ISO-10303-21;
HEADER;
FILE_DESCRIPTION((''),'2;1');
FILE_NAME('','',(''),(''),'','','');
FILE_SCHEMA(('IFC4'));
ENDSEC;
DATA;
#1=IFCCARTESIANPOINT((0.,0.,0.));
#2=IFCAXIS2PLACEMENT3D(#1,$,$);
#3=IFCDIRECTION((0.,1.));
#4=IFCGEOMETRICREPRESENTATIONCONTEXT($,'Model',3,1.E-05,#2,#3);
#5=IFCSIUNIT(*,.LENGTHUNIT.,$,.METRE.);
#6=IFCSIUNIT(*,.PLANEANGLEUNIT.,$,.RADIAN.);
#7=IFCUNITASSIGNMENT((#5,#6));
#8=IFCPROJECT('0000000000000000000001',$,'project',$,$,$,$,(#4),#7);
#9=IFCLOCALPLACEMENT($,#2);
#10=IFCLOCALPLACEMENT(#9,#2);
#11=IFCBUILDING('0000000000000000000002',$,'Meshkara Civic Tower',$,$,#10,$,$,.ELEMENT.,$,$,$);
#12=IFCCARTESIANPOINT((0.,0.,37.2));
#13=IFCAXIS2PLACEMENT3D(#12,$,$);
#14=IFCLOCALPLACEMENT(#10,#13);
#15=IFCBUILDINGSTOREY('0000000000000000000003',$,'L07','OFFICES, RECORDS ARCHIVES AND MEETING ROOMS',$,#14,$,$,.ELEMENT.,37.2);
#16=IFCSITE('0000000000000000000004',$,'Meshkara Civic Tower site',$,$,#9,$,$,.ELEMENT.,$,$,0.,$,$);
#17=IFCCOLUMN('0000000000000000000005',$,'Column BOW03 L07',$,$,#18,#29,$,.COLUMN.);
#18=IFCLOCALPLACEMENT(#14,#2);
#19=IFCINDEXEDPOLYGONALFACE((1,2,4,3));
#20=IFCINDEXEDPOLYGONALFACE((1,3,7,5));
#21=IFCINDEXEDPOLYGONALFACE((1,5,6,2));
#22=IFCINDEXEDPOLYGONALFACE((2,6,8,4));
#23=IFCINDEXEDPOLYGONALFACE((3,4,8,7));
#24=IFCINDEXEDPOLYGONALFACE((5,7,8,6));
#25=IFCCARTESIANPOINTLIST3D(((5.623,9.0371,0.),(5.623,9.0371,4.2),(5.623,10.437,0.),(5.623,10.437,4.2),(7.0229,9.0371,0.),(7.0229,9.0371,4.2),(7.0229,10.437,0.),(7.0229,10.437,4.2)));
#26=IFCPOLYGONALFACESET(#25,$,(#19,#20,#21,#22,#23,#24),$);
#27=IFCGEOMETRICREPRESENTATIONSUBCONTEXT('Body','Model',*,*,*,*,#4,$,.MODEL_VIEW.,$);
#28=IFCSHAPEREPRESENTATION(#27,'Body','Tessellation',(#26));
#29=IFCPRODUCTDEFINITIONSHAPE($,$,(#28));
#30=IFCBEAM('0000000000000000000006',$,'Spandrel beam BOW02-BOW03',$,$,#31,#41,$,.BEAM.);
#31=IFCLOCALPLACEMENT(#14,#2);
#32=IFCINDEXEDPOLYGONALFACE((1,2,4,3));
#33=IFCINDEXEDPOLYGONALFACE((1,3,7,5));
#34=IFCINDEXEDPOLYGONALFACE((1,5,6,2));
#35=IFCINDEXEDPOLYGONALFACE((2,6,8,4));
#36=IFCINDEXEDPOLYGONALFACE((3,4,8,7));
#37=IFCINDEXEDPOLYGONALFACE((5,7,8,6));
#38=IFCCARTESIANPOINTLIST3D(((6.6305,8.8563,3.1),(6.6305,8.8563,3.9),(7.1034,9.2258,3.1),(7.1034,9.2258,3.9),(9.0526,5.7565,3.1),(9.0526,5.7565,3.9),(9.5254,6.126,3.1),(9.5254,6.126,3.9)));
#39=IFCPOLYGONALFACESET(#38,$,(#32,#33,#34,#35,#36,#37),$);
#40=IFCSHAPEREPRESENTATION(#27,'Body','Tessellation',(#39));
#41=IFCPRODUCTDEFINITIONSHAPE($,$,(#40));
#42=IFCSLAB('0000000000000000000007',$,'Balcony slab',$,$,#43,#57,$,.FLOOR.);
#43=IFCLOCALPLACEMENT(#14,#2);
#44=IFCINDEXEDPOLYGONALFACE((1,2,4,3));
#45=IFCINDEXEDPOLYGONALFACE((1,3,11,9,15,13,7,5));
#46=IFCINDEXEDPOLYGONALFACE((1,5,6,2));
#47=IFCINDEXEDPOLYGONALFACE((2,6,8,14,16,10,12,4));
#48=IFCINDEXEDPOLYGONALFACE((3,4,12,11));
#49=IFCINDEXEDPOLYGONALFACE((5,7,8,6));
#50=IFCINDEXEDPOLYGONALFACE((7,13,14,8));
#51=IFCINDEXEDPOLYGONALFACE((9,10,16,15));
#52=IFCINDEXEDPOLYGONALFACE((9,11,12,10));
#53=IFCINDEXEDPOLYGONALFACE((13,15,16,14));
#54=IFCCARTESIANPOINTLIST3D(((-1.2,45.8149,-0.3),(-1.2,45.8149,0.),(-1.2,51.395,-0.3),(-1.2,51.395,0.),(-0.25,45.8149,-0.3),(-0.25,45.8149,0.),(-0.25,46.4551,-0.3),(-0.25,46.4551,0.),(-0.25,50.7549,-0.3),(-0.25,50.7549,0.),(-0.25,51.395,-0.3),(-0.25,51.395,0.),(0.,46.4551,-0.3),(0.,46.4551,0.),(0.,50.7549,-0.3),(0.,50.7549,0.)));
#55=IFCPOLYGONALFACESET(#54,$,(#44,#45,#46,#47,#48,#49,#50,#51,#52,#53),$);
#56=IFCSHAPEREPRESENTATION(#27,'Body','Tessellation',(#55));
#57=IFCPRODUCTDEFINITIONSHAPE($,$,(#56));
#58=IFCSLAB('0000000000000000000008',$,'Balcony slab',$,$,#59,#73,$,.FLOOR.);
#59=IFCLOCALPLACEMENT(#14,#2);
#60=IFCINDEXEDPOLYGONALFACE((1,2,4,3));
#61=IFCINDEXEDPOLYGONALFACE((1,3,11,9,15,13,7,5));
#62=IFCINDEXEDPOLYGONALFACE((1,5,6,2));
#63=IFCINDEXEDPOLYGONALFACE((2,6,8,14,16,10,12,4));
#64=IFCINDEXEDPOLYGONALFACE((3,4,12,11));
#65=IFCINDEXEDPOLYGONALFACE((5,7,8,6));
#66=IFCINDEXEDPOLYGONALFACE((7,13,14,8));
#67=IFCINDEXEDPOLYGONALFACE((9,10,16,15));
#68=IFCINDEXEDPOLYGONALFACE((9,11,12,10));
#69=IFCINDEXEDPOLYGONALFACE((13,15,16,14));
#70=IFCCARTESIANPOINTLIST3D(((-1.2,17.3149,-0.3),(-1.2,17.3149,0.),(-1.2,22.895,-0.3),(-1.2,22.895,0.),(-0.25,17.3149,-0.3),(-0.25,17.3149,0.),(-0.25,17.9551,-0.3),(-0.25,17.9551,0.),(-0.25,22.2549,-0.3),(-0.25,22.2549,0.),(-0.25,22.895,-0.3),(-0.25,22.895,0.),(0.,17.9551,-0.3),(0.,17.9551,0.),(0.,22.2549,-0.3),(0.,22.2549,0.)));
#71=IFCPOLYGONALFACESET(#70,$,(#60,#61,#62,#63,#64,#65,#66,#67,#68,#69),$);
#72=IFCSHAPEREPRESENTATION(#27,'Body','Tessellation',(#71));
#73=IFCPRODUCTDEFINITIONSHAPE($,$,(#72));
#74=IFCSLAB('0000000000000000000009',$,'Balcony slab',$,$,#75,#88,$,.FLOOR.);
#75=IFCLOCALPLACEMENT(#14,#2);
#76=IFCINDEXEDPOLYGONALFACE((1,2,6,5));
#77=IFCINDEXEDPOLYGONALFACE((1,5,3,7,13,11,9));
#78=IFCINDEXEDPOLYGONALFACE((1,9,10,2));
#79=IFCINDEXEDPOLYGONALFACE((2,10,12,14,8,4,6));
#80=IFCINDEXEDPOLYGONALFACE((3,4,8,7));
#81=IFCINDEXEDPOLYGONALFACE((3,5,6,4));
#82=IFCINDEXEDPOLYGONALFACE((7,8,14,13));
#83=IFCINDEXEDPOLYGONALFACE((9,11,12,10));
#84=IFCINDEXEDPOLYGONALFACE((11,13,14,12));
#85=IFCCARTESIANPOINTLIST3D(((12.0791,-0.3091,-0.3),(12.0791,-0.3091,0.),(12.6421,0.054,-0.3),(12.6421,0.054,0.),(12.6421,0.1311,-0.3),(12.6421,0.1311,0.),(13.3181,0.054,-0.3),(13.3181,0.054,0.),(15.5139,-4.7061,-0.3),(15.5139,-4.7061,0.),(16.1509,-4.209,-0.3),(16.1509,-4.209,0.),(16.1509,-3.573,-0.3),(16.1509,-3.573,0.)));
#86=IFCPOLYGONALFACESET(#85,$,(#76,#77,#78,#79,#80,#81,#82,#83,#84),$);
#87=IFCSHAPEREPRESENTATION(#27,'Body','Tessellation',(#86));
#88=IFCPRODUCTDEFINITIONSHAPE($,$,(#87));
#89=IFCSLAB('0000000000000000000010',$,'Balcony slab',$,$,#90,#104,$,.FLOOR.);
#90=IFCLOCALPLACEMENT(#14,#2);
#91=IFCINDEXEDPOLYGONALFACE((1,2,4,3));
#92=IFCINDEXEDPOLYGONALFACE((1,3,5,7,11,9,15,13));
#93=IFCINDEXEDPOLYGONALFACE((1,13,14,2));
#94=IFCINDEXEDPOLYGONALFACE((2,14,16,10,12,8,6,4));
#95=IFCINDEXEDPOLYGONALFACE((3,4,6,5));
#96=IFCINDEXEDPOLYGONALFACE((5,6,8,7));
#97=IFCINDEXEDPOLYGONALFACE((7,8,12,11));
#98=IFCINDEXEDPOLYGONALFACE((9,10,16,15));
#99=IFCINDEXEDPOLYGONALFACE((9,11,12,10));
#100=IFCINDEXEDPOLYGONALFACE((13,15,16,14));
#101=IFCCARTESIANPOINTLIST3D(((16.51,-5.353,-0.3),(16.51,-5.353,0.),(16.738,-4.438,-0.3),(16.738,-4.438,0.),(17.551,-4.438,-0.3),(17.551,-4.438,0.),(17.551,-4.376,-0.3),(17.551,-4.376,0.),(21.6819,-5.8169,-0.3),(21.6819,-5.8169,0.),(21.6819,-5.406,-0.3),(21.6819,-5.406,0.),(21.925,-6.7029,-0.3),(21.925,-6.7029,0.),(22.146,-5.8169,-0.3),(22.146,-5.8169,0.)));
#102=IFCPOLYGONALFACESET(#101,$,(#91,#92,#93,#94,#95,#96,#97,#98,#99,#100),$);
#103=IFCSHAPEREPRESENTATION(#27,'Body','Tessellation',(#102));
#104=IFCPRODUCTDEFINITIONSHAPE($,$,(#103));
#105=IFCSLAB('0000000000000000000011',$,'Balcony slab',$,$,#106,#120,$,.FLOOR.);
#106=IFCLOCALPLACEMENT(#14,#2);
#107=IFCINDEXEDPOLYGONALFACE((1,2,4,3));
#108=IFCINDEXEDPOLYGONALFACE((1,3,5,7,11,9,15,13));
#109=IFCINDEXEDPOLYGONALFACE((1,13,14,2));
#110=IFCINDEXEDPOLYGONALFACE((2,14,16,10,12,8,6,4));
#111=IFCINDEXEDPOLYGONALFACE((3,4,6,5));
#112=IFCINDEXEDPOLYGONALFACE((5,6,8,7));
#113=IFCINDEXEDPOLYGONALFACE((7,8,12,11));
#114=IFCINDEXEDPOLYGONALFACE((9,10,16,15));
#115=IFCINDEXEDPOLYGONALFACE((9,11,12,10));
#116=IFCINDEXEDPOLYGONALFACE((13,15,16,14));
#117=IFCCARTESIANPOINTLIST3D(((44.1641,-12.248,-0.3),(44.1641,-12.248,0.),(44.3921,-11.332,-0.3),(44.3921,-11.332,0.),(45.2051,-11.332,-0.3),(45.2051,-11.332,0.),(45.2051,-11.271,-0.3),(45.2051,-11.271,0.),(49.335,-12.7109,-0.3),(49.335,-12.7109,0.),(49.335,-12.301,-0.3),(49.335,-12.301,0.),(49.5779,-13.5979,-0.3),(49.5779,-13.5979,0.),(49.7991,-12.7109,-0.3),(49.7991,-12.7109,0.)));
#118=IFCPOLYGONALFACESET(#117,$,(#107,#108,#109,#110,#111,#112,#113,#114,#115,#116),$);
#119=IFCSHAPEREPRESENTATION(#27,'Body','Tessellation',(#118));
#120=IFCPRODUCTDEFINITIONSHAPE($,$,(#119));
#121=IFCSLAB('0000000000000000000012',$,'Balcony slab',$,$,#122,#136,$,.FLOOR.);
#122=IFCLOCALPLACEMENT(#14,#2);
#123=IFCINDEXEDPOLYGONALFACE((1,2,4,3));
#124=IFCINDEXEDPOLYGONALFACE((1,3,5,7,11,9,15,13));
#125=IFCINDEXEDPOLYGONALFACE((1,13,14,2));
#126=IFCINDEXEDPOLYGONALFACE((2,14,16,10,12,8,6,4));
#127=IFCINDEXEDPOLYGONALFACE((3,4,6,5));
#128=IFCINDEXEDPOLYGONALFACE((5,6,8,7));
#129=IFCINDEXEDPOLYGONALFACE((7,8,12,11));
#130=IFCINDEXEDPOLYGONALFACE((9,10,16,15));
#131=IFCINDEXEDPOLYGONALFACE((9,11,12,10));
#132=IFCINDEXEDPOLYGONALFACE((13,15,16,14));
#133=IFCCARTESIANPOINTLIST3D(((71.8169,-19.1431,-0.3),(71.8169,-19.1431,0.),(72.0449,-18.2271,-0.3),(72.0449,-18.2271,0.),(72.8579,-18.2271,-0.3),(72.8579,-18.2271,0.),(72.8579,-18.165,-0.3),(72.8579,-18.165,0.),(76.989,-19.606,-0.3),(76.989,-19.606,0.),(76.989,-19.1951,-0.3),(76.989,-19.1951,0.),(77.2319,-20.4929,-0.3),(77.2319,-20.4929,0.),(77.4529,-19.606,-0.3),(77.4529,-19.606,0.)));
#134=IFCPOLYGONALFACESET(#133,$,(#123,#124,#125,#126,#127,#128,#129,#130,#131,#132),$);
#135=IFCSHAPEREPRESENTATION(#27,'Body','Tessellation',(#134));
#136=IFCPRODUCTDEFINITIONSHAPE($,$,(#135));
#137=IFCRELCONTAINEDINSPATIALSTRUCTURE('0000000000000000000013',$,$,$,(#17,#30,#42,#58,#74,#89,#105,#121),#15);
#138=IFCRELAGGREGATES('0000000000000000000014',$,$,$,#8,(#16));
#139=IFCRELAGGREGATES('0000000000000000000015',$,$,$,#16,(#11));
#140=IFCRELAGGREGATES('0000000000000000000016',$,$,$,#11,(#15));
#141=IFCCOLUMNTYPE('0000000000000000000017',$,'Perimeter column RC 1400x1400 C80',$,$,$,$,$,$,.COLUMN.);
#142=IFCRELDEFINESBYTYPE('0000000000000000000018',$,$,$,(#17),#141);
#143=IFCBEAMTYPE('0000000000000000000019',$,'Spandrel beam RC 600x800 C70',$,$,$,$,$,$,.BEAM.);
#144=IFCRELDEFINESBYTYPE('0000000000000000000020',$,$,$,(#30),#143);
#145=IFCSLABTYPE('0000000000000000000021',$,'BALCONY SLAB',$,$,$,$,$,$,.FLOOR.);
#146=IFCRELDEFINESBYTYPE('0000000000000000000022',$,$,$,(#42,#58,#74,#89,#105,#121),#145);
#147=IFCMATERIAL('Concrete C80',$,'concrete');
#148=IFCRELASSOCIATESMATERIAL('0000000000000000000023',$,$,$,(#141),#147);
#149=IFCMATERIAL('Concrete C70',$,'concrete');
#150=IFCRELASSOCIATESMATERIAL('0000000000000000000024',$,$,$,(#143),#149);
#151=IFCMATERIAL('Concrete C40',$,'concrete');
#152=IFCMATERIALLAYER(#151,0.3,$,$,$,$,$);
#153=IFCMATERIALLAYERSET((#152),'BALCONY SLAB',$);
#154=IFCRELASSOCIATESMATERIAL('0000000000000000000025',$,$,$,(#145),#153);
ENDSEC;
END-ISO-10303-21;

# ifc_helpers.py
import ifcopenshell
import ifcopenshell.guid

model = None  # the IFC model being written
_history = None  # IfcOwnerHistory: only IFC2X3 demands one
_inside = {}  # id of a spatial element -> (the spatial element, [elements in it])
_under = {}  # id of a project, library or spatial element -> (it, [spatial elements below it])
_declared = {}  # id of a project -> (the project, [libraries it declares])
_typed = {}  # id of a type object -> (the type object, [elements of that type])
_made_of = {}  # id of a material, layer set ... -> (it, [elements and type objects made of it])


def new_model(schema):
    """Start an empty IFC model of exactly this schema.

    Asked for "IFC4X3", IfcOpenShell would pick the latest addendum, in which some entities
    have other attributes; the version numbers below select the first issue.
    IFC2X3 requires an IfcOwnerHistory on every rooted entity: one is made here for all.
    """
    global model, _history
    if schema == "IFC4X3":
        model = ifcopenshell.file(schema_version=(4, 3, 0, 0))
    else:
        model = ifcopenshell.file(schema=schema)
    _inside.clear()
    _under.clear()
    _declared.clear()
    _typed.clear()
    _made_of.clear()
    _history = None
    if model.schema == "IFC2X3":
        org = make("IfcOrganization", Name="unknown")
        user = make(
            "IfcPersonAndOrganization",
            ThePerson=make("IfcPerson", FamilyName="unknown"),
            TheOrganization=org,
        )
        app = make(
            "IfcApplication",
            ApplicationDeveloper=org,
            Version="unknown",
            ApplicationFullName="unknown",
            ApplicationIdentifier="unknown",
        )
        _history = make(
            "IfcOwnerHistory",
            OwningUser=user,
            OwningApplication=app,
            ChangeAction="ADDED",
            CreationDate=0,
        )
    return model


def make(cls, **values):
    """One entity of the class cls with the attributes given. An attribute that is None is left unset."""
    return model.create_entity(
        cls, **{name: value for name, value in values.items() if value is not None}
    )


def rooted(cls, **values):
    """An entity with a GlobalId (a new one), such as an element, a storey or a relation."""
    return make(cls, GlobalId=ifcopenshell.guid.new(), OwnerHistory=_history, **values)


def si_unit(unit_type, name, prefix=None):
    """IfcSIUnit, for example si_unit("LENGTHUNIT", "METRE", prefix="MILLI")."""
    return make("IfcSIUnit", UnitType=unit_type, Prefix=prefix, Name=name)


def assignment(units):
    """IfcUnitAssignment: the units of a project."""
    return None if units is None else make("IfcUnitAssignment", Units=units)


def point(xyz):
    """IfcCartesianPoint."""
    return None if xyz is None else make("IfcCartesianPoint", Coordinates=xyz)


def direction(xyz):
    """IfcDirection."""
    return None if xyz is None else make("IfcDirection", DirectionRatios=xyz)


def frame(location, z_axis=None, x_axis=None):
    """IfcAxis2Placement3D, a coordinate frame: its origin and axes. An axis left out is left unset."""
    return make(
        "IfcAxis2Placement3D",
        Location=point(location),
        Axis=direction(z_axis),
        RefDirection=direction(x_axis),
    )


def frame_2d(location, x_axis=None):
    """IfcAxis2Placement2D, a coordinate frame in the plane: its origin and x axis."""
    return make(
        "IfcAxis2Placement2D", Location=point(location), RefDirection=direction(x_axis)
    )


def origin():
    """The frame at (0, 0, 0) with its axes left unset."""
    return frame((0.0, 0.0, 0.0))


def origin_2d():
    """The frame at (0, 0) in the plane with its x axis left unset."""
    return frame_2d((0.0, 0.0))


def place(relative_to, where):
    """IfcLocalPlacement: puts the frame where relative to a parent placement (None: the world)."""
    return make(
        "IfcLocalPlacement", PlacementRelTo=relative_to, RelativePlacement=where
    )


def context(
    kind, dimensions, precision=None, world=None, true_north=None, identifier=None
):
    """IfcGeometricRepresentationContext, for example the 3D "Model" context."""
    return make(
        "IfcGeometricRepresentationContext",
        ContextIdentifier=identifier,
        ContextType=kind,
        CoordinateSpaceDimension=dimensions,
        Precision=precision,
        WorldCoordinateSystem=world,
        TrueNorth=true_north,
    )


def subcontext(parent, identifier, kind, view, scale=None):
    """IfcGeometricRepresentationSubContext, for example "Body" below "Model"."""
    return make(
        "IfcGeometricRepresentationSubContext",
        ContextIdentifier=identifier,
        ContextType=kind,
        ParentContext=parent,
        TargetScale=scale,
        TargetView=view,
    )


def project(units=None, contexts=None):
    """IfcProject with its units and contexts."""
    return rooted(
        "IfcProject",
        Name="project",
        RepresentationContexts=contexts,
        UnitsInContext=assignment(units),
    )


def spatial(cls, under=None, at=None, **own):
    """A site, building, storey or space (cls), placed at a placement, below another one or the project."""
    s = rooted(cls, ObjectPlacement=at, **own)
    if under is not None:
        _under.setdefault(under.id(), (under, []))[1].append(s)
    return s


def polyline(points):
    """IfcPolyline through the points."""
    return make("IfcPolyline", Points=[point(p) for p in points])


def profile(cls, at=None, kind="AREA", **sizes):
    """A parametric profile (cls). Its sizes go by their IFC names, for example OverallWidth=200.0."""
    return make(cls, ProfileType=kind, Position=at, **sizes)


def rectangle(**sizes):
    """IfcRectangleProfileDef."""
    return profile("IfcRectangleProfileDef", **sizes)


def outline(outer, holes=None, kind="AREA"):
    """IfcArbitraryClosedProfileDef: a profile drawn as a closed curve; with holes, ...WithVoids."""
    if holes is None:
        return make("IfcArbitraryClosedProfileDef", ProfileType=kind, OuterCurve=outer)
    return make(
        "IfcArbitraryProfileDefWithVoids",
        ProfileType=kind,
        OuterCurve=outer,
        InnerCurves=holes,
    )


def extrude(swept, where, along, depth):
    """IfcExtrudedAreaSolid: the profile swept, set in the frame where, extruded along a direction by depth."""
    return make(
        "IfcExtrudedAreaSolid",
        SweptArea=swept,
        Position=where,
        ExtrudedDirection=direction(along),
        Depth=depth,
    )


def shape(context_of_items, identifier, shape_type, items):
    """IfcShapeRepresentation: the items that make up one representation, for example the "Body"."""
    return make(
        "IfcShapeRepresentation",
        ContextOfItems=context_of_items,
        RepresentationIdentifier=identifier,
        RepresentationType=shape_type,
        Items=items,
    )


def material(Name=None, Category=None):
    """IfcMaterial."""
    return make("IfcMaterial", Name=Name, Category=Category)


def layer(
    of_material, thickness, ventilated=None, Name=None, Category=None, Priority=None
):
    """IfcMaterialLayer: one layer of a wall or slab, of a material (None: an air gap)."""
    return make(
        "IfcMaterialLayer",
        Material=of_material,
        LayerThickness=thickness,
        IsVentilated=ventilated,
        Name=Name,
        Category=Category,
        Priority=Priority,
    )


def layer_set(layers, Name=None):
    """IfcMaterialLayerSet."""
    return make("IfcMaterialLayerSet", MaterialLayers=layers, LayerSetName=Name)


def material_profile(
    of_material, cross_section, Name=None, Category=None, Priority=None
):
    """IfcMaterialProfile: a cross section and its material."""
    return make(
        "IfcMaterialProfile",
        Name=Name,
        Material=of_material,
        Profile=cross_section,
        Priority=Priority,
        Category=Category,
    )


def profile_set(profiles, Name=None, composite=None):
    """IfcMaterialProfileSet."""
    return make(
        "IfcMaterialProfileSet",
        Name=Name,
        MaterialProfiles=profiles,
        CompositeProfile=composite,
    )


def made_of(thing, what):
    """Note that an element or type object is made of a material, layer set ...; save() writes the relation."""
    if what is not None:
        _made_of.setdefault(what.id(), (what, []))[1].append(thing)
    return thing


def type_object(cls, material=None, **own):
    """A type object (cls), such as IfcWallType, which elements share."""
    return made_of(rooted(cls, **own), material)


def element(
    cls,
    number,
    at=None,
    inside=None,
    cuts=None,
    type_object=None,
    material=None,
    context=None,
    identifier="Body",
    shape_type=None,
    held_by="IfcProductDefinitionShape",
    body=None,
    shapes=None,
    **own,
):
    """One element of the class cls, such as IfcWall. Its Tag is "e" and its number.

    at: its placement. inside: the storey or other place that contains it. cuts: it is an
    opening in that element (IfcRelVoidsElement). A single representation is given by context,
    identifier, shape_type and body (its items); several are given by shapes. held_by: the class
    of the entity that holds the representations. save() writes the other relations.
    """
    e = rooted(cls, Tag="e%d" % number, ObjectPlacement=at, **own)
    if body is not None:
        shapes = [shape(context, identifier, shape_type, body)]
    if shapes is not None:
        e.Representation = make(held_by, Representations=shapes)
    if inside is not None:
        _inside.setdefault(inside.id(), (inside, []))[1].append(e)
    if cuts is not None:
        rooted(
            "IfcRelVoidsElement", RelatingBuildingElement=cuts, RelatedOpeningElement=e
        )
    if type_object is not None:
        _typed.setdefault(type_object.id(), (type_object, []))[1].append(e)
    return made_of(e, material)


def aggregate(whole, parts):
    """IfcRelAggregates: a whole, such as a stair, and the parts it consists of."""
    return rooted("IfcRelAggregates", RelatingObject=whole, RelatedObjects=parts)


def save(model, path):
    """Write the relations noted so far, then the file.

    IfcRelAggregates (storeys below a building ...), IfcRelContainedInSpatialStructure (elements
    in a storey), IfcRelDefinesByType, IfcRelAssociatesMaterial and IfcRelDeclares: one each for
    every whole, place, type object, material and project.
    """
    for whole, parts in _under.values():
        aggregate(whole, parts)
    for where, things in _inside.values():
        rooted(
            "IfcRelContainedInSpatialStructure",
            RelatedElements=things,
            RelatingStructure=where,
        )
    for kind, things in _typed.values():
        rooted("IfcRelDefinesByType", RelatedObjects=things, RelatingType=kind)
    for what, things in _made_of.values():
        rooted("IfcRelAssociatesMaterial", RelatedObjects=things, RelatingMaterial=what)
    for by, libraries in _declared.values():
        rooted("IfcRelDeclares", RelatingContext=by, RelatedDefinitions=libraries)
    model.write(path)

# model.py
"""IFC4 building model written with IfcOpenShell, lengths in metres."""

from ifc_helpers import new_model, si_unit, direction, frame, origin, origin_2d, place, context, subcontext, project, spatial, polyline, rectangle, outline, extrude, material, layer, layer_set, material_profile, profile_set, type_object, element, save


model = new_model("IFC4")

# Units and contexts
model_context = context("Model", 3, precision=1e-05, world=origin(), true_north=direction((0.0, 1.0)))
body_context = subcontext(model_context, "Body", "Model", "MODEL_VIEW")
ifc_project = project(units=[si_unit("LENGTHUNIT", "METRE"), si_unit("PLANEANGLEUNIT", "RADIAN")], contexts=[model_context])

# Site, building, storey
site_placement = place(None, origin())
site = spatial("IfcSite", under=ifc_project, at=site_placement, Name="Meshkara Civic Tower site", CompositionType="ELEMENT", RefElevation=0.0)
building_placement = place(site_placement, origin())
building = spatial("IfcBuilding", under=site, at=building_placement, Name="Meshkara Civic Tower", CompositionType="ELEMENT")
storey_placement = place(building_placement, frame((0.0, 0.0, 37.2)))
storey = spatial("IfcBuildingStorey", under=building, at=storey_placement, Name="L07", Description="OFFICES, RECORDS ARCHIVES AND MEETING ROOMS", CompositionType="ELEMENT", Elevation=37.2)

# Column
ifc_material_1 = material(Name="Concrete C80", Category="concrete")
ifc_material_profile_1 = material_profile(ifc_material_1, rectangle(XDim=1.3999, YDim=1.3999, at=origin_2d()))
ifc_profile_set_1 = profile_set([ifc_material_profile_1], Name="Concrete C80")
column_type = type_object("IfcColumnType", Name="Perimeter column RC 1400x1400 C80", PredefinedType="COLUMN", material=ifc_profile_set_1)
column_placement = place(storey_placement, frame((6.323, 9.7371, 0.0), z_axis=(0.0, 0.0, 1.0), x_axis=(1.0, 0.0, 0.0)))
element("IfcColumn", 1, at=column_placement, inside=storey, type_object=column_type, Name="Column BOW03 L07", PredefinedType="COLUMN", context=body_context, shape_type="SweptSolid", body=[
    extrude(rectangle(XDim=1.3999, YDim=1.3999, at=origin_2d()), origin(), (0.0, 0.0, 1.0), 4.2),
])

# Beam
ifc_material_2 = material(Name="Concrete C70", Category="concrete")
ifc_material_profile_2 = material_profile(ifc_material_2, rectangle(XDim=0.6001, YDim=0.8, at=origin_2d()))
ifc_profile_set_2 = profile_set([ifc_material_profile_2], Name="Concrete C70")
beam_type = type_object("IfcBeamType", Name="Spandrel beam RC 600x800 C70", PredefinedType="BEAM", material=ifc_profile_set_2)
beam_placement = place(storey_placement, frame((6.8669, 9.041, 3.5), z_axis=(0.615701, -0.78798, 0.0), x_axis=(0.78798, 0.615701, 0.0)))
element("IfcBeam", 2, at=beam_placement, inside=storey, type_object=beam_type, Name="Spandrel beam BOW02-BOW03", PredefinedType="BEAM", context=body_context, shape_type="SweptSolid", body=[
    extrude(rectangle(XDim=0.6001, YDim=0.8, at=origin_2d()), origin(), (0.0, 0.0, 1.0), 3.9338),
])

# Slabs
ifc_material_3 = material(Name="Concrete C40", Category="concrete")
ifc_layer_1 = layer(ifc_material_3, 0.3)
ifc_layer_set_1 = layer_set([ifc_layer_1], Name="BALCONY SLAB")
slab_type_1 = type_object("IfcSlabType", Name="BALCONY SLAB", PredefinedType="FLOOR", material=ifc_layer_set_1)
slab_1_placement = place(storey_placement, frame((0.0, 0.0, -0.3)))
element("IfcSlab", 3, at=slab_1_placement, inside=storey, type_object=slab_type_1, Name="Balcony slab", PredefinedType="FLOOR", context=body_context, shape_type="SweptSolid", body=[
    extrude(outline(polyline([(-1.2, 45.8149), (-1.2, 51.395), (-0.25, 51.395), (-0.25, 50.7549), (0.0, 50.7549), (0.0, 46.4551), (-0.25, 46.4551), (-0.25, 45.8149), (-1.2, 45.8149)])), origin(), (0.0, 0.0, 1.0), 0.3),
])
slab_2_placement = place(storey_placement, frame((0.0, 0.0, -0.3)))
element("IfcSlab", 4, at=slab_2_placement, inside=storey, type_object=slab_type_1, Name="Balcony slab", PredefinedType="FLOOR", context=body_context, shape_type="SweptSolid", body=[
    extrude(outline(polyline([(-1.2, 17.3149), (-1.2, 22.895), (-0.25, 22.895), (-0.25, 22.2549), (0.0, 22.2549), (0.0, 17.9551), (-0.25, 17.9551), (-0.25, 17.3149), (-1.2, 17.3149)])), origin(), (0.0, 0.0, 1.0), 0.3),
])
slab_3_placement = place(storey_placement, frame((0.0, 0.0, -0.3)))
element("IfcSlab", 5, at=slab_3_placement, inside=storey, type_object=slab_type_1, Name="Balcony slab", PredefinedType="FLOOR", context=body_context, shape_type="SweptSolid", body=[
    extrude(outline(polyline([(15.5139, -4.7061), (12.0791, -0.3091), (12.6421, 0.1311), (12.6421, 0.054), (13.3181, 0.054), (16.1509, -3.573), (16.1509, -4.209), (15.5139, -4.7061)])), origin(), (0.0, 0.0, 1.0), 0.3),
])
slab_4_placement = place(storey_placement, frame((0.0, 0.0, -0.3)))
element("IfcSlab", 6, at=slab_4_placement, inside=storey, type_object=slab_type_1, Name="Balcony slab", PredefinedType="FLOOR", context=body_context, shape_type="SweptSolid", body=[
    extrude(outline(polyline([(21.925, -6.7029), (16.51, -5.353), (16.738, -4.438), (17.551, -4.438), (17.551, -4.376), (21.6819, -5.406), (21.6819, -5.8169), (22.146, -5.8169), (21.925, -6.7029)])), origin(), (0.0, 0.0, 1.0), 0.3),
])
slab_5_placement = place(storey_placement, frame((0.0, 0.0, -0.3)))
element("IfcSlab", 7, at=slab_5_placement, inside=storey, type_object=slab_type_1, Name="Balcony slab", PredefinedType="FLOOR", context=body_context, shape_type="SweptSolid", body=[
    extrude(outline(polyline([(49.5779, -13.5979), (44.1641, -12.248), (44.3921, -11.332), (45.2051, -11.332), (45.2051, -11.271), (49.335, -12.301), (49.335, -12.7109), (49.7991, -12.7109), (49.5779, -13.5979)])), origin(), (0.0, 0.0, 1.0), 0.3),
])
slab_6_placement = place(storey_placement, frame((0.0, 0.0, -0.3)))
element("IfcSlab", 8, at=slab_6_placement, inside=storey, type_object=slab_type_1, Name="Balcony slab", PredefinedType="FLOOR", context=body_context, shape_type="SweptSolid", body=[
    extrude(outline(polyline([(77.2319, -20.4929), (71.8169, -19.1431), (72.0449, -18.2271), (72.8579, -18.2271), (72.8579, -18.165), (76.989, -19.1951), (76.989, -19.606), (77.4529, -19.606), (77.2319, -20.4929)])), origin(), (0.0, 0.0, 1.0), 0.3),
])

save(model, "model.ifc")
